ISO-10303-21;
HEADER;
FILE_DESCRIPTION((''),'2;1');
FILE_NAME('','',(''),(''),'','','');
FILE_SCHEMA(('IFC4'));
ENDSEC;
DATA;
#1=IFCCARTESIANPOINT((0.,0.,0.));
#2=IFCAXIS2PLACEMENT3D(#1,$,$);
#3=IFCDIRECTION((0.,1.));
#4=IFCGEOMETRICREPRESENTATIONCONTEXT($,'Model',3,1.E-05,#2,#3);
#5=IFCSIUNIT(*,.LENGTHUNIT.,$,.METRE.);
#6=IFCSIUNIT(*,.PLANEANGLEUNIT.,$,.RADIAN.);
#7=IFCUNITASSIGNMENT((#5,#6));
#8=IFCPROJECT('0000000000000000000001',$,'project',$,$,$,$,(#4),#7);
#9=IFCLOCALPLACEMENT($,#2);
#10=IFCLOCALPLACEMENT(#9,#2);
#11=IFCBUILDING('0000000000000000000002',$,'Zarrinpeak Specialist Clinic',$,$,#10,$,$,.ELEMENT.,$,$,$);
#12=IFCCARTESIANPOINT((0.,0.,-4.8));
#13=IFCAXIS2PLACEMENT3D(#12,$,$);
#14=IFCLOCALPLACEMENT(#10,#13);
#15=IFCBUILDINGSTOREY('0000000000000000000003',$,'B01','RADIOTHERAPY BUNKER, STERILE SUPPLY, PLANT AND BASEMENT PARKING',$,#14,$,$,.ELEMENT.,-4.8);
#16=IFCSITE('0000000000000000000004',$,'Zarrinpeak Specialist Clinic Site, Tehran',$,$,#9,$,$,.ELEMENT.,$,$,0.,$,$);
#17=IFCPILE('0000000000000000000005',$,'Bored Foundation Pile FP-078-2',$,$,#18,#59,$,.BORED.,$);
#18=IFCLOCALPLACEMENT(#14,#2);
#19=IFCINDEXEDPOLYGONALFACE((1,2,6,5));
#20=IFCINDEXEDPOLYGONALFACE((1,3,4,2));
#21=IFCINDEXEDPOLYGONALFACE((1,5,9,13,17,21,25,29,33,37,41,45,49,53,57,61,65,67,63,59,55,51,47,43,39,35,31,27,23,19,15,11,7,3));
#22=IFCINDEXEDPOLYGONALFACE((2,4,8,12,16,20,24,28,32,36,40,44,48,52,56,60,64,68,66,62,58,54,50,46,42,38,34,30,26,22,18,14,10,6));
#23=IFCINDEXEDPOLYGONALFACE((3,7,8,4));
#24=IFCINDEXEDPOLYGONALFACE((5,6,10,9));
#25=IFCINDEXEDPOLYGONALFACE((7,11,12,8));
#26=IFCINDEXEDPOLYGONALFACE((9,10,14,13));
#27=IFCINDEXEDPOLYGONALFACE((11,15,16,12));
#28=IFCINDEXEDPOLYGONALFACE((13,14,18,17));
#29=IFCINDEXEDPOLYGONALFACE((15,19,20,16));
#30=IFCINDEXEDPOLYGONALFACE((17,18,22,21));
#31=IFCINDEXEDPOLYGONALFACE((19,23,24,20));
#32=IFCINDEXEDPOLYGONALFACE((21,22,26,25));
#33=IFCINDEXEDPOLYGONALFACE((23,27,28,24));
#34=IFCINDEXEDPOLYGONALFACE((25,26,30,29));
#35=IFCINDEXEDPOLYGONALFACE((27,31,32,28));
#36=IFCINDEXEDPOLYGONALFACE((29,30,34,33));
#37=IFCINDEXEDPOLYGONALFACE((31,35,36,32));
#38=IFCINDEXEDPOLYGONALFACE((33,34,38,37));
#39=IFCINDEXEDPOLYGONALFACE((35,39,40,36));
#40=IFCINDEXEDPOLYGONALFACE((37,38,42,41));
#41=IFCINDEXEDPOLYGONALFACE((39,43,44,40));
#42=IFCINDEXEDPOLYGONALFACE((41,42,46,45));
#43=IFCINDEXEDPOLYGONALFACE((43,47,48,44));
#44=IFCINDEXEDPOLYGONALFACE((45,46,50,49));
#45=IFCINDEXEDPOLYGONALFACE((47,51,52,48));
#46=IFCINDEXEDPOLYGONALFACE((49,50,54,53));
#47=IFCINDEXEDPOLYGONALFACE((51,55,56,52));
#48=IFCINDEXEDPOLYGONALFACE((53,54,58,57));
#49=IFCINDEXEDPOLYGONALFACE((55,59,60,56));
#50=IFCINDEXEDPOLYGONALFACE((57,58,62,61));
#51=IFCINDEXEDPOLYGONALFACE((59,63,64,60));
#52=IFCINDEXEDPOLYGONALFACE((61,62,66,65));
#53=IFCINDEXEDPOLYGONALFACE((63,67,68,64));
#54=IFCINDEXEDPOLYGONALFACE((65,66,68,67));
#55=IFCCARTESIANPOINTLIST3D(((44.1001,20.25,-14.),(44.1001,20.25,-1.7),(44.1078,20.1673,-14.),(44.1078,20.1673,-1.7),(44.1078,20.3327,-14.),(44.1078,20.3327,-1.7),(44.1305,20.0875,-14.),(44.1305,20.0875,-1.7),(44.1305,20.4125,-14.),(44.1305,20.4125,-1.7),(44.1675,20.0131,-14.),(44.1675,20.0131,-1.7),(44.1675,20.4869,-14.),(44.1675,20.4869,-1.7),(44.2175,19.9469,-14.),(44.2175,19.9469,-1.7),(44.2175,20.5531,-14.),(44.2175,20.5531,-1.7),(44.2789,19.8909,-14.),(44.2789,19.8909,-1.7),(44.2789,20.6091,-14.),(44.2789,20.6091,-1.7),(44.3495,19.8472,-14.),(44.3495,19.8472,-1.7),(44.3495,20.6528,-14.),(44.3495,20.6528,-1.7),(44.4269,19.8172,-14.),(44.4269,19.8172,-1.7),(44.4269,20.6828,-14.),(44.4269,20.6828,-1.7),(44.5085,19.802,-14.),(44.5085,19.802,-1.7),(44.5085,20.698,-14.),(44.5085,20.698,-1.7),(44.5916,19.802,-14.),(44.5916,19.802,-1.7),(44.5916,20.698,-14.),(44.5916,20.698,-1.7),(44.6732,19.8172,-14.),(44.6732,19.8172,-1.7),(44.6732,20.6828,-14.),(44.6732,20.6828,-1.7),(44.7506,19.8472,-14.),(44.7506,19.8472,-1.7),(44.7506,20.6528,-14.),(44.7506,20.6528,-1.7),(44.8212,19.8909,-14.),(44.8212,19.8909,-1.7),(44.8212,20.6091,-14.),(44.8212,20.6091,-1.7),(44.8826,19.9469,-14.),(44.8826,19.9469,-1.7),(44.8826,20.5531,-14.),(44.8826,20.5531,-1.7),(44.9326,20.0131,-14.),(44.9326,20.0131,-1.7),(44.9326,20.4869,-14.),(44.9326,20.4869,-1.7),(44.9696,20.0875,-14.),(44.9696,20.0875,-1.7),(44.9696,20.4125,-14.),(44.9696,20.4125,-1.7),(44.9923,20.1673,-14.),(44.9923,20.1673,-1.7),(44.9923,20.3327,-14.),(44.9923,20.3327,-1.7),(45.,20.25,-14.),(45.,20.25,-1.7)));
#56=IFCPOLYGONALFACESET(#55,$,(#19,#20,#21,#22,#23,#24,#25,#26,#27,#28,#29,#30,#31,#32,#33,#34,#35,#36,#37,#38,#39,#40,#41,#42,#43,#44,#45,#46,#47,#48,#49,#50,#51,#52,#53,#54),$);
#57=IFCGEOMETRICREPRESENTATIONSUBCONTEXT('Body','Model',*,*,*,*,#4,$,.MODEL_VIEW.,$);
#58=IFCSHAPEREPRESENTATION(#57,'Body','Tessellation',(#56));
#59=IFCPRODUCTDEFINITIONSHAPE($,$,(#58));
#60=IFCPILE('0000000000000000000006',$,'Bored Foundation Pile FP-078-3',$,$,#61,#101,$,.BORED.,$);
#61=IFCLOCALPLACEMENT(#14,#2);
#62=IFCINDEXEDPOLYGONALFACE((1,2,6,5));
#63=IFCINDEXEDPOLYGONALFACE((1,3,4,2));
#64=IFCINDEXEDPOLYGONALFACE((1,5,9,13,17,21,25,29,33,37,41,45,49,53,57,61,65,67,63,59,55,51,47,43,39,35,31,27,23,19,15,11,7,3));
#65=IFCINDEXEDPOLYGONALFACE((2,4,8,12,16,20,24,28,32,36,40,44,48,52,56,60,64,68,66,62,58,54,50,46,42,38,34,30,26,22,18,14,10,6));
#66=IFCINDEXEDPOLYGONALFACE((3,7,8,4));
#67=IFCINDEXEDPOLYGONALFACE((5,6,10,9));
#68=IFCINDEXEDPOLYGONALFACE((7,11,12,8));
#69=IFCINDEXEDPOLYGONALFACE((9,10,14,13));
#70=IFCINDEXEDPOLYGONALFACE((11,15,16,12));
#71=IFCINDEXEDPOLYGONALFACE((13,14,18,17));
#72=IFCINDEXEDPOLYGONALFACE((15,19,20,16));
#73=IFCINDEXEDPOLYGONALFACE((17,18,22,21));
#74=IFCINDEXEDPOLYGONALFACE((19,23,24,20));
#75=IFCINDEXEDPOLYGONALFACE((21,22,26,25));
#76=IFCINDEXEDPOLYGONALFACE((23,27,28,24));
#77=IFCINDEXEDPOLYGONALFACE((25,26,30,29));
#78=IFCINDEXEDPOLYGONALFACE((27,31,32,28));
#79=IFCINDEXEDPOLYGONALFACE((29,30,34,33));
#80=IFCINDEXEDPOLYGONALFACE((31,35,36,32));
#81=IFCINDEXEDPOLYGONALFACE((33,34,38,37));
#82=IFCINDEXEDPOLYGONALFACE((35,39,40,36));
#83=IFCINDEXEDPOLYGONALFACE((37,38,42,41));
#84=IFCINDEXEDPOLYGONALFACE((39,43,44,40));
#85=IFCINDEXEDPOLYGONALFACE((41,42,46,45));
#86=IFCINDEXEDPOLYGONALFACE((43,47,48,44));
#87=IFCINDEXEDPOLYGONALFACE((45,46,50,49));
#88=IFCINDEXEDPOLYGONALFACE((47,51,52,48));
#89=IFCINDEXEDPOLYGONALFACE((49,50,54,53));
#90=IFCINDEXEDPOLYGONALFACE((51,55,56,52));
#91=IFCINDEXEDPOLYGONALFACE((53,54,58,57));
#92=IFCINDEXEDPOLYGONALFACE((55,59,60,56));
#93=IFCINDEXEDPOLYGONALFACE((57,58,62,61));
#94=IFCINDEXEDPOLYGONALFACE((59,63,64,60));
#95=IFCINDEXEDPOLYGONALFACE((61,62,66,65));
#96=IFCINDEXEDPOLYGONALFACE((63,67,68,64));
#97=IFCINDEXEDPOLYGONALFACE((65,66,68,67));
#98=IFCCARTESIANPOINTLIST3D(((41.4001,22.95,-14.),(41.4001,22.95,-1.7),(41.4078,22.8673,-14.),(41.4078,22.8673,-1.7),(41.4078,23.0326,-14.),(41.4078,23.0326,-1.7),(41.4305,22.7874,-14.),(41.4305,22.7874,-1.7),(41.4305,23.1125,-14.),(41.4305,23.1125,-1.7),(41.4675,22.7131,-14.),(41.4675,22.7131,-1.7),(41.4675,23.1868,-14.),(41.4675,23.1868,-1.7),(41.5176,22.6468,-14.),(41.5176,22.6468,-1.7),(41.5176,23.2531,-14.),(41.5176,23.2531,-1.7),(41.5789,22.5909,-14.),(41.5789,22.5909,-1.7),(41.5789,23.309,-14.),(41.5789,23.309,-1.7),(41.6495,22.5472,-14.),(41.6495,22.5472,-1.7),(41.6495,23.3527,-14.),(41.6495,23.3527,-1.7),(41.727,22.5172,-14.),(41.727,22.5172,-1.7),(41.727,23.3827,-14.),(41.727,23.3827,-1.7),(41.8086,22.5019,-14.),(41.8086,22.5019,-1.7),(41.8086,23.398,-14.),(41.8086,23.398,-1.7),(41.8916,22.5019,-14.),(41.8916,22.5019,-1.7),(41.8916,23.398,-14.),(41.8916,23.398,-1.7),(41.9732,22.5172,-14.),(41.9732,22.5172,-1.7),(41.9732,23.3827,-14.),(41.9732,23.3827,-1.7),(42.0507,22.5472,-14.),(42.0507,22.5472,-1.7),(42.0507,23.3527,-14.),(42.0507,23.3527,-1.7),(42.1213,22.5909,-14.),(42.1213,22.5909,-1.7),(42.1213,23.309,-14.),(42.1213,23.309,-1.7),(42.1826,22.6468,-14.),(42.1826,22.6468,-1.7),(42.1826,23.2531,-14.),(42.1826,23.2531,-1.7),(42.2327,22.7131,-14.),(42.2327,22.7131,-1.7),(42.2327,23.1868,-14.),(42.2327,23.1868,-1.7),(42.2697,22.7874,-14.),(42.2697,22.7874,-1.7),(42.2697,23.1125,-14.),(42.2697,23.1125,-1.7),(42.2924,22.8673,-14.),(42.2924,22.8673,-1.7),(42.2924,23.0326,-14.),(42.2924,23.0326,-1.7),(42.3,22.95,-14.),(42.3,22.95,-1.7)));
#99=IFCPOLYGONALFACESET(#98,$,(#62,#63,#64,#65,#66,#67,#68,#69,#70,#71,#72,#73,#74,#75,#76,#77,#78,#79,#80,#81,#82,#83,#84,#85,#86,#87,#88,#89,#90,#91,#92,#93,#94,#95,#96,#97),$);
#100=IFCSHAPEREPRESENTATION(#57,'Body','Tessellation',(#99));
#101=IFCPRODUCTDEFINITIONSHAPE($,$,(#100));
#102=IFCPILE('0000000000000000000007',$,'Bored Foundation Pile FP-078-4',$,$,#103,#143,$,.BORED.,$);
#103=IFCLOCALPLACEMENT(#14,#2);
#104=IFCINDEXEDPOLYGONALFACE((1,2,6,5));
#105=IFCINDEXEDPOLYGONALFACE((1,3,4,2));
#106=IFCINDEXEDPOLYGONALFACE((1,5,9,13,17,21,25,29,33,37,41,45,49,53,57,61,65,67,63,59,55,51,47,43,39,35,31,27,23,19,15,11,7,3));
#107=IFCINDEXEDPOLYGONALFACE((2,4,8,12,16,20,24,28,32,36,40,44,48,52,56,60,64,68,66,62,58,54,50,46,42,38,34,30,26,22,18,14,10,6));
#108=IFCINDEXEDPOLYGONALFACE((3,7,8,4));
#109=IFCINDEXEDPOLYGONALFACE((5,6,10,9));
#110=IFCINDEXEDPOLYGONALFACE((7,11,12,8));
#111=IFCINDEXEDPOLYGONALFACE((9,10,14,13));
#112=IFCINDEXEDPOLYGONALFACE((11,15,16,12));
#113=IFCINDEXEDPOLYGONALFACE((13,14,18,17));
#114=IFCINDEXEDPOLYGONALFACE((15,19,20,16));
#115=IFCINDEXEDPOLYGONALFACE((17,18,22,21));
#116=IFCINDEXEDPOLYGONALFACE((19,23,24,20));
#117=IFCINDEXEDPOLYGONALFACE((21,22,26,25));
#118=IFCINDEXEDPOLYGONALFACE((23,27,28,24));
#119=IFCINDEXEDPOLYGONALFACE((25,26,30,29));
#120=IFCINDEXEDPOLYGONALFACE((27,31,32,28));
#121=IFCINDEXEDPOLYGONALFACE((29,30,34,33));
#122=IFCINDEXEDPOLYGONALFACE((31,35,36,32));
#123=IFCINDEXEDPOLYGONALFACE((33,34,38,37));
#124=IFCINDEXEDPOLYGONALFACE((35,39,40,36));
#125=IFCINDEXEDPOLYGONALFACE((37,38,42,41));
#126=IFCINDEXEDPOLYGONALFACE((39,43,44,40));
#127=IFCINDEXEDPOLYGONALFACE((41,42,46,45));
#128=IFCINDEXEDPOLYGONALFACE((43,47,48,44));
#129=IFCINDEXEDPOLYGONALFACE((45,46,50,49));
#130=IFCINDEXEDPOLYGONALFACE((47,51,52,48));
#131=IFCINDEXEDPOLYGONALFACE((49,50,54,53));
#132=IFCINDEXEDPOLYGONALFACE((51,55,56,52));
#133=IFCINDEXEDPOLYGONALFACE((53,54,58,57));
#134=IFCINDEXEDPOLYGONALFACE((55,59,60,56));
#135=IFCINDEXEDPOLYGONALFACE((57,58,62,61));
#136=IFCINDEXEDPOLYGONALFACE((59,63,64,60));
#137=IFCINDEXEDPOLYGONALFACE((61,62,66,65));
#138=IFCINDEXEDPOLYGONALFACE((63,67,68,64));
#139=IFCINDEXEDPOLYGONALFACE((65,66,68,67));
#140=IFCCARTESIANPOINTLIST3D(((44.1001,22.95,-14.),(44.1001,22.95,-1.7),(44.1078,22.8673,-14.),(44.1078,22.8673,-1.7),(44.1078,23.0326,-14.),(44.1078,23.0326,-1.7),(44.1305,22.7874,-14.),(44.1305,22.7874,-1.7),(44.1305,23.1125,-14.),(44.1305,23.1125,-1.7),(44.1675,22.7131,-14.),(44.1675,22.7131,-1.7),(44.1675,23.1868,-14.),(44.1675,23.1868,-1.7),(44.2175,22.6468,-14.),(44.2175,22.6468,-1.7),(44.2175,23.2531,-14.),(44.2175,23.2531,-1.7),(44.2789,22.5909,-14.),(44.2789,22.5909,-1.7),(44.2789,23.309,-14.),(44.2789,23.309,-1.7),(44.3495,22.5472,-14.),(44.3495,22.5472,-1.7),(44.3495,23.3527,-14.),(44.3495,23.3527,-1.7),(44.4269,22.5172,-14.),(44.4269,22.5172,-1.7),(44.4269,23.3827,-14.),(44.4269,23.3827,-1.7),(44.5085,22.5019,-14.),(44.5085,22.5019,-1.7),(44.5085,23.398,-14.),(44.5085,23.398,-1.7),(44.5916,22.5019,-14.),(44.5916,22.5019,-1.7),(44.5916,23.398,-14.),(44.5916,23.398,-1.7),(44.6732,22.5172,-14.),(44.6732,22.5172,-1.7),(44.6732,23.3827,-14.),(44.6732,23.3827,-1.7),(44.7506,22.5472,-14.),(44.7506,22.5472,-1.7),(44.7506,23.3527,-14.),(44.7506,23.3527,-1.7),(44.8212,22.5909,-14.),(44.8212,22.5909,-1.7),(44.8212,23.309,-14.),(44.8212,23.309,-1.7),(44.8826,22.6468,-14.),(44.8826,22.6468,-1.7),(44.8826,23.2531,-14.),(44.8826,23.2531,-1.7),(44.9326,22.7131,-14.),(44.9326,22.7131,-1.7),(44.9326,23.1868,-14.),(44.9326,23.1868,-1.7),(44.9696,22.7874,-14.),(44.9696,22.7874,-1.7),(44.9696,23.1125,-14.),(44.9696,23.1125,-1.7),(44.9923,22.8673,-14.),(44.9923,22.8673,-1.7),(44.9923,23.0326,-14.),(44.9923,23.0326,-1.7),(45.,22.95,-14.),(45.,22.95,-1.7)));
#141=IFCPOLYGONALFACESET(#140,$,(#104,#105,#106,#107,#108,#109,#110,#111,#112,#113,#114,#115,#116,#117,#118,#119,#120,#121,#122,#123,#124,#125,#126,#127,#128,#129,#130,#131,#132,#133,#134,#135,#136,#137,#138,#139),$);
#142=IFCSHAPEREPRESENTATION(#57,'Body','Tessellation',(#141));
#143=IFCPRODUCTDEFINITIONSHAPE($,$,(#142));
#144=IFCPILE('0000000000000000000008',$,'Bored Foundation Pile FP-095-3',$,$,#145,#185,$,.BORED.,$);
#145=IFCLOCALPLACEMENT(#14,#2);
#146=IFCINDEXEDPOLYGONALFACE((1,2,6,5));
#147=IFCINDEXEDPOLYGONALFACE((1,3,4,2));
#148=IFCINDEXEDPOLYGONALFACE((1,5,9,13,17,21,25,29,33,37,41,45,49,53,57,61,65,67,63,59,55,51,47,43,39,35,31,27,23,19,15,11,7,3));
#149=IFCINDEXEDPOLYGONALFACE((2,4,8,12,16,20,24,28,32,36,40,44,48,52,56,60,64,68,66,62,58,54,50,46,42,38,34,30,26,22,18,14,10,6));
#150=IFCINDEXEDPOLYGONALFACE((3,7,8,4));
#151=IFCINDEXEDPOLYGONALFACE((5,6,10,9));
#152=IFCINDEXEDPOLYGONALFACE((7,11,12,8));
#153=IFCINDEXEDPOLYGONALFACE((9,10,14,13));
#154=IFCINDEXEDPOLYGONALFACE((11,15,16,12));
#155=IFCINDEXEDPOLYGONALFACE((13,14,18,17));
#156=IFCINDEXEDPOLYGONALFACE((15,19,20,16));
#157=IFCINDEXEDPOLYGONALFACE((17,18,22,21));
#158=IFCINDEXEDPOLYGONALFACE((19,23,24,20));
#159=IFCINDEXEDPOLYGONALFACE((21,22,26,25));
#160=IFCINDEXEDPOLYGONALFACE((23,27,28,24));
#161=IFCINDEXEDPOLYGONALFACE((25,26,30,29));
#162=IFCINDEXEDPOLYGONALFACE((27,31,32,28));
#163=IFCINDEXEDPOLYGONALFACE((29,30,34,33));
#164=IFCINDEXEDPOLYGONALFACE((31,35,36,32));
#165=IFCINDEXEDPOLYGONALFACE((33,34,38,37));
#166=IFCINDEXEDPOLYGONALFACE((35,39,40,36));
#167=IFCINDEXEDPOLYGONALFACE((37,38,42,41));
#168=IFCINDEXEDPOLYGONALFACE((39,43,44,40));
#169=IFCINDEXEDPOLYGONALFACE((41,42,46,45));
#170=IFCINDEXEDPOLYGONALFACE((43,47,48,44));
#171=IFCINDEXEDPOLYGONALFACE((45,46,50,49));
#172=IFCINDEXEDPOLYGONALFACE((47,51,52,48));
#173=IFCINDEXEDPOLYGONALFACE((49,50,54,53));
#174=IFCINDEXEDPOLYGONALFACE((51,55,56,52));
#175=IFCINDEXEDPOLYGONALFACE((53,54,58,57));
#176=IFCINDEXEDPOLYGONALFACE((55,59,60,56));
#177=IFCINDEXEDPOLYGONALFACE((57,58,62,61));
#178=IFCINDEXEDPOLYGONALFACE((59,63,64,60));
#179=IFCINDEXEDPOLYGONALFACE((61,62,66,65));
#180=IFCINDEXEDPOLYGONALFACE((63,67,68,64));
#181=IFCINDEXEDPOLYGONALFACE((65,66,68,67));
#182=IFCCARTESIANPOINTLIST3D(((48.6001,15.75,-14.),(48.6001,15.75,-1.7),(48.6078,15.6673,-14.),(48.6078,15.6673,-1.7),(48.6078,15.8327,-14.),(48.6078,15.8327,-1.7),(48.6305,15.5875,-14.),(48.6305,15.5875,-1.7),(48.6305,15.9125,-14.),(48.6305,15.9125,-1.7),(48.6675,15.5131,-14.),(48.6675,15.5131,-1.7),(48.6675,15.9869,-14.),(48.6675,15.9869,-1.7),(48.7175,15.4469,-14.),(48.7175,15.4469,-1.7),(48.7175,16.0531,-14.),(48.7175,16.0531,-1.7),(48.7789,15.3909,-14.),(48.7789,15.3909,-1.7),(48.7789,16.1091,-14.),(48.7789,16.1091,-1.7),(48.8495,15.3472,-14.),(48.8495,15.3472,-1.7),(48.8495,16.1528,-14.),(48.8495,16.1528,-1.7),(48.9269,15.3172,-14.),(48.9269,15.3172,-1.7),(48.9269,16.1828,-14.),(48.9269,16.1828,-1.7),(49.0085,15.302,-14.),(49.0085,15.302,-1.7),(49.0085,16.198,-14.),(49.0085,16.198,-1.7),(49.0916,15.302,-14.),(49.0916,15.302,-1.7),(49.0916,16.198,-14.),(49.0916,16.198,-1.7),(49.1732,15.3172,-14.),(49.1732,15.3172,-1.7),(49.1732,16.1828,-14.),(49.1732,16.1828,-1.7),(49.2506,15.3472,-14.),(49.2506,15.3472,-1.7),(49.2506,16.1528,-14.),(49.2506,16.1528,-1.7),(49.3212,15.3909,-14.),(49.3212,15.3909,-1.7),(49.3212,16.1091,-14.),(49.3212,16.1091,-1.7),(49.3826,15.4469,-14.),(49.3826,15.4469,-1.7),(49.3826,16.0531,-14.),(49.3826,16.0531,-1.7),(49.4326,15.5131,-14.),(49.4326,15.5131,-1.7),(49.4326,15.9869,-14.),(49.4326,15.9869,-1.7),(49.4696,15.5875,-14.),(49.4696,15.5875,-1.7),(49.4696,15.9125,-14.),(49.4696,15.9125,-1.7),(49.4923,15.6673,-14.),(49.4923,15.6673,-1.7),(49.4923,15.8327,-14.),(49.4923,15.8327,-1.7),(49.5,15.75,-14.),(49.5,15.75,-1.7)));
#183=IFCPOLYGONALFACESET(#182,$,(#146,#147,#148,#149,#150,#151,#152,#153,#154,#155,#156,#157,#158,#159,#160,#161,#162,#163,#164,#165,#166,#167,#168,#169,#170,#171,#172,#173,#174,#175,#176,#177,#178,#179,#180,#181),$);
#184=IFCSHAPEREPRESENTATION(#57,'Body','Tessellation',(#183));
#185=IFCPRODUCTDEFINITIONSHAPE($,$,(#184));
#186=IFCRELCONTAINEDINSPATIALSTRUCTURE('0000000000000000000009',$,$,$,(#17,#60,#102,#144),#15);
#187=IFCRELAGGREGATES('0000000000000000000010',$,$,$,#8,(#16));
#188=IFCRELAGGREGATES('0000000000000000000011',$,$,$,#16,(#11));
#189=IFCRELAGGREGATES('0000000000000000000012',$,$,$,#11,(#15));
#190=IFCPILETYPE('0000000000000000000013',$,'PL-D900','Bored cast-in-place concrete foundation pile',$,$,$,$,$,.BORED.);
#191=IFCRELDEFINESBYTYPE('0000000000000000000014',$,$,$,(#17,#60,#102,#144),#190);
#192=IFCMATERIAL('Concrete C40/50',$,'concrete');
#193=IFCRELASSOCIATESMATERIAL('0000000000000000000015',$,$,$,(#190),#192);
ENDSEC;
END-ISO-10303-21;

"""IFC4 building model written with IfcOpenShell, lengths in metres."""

from ifc_helpers import new_model, si_unit, direction, frame, origin, origin_2d, place, context, subcontext, project, spatial, circle, extrude, material, material_profile, profile_set, type_object, element, save


model = new_model("IFC4")

# Units and contexts
model_context = context("Model", 3, precision=1e-05, world=origin(), true_north=direction((0.0, 1.0)))
body_context = subcontext(model_context, "Body", "Model", "MODEL_VIEW")
ifc_project = project(units=[si_unit("LENGTHUNIT", "METRE"), si_unit("PLANEANGLEUNIT", "RADIAN")], contexts=[model_context])

# Site, building, storey
site_placement = place(None, origin())
site = spatial("IfcSite", under=ifc_project, at=site_placement, Name="Zarrinpeak Specialist Clinic Site, Tehran", CompositionType="ELEMENT", RefElevation=0.0)
building_placement = place(site_placement, origin())
building = spatial("IfcBuilding", under=site, at=building_placement, Name="Zarrinpeak Specialist Clinic", CompositionType="ELEMENT")
storey_placement = place(building_placement, frame((0.0, 0.0, -4.8)))
storey = spatial("IfcBuildingStorey", under=building, at=storey_placement, Name="B01", Description="RADIOTHERAPY BUNKER, STERILE SUPPLY, PLANT AND BASEMENT PARKING", CompositionType="ELEMENT", Elevation=-4.8)

# Shared definitions
ifc_material_1 = material(Name="Concrete C40/50", Category="concrete")

# Piles
ifc_material_profile_1 = material_profile(ifc_material_1, circle(Radius=0.45, at=origin_2d()), Name="BORED PILE D900")
ifc_profile_set_1 = profile_set([ifc_material_profile_1], Name="Concrete C40/50")
pile_type = type_object("IfcPileType", Name="PL-D900", Description="Bored cast-in-place concrete foundation pile", PredefinedType="BORED", material=ifc_profile_set_1)
for number, where, z_axis, x_axis, name in (
    (1, (44.55, 20.25, -1.7), (0.0, 0.0, -1.0), (1.0, 0.0, 0.0), "Bored Foundation Pile FP-078-2"),
    (2, (41.8501, 22.95, -1.7), (0.0, 0.0, -1.0), (1.0, 0.0, 0.0), "Bored Foundation Pile FP-078-3"),
    (3, (44.55, 22.95, -1.7), (0.0, 0.0, -1.0), (1.0, 0.0, 0.0), "Bored Foundation Pile FP-078-4"),
    (4, (49.05, 15.75, -1.7), (0.0, 0.0, -1.0), (1.0, 0.0, 0.0), "Bored Foundation Pile FP-095-3"),
):
    element("IfcPile", number, at=place(storey_placement, frame(where, z_axis=z_axis, x_axis=x_axis)), inside=storey, type_object=pile_type, Name=name, PredefinedType="BORED", context=body_context, shape_type="SweptSolid", body=[
        extrude(circle(Radius=0.45, at=origin_2d()), origin(), (0.0, 0.0, 1.0), 12.3),
    ])

save(model, "model.ifc")
